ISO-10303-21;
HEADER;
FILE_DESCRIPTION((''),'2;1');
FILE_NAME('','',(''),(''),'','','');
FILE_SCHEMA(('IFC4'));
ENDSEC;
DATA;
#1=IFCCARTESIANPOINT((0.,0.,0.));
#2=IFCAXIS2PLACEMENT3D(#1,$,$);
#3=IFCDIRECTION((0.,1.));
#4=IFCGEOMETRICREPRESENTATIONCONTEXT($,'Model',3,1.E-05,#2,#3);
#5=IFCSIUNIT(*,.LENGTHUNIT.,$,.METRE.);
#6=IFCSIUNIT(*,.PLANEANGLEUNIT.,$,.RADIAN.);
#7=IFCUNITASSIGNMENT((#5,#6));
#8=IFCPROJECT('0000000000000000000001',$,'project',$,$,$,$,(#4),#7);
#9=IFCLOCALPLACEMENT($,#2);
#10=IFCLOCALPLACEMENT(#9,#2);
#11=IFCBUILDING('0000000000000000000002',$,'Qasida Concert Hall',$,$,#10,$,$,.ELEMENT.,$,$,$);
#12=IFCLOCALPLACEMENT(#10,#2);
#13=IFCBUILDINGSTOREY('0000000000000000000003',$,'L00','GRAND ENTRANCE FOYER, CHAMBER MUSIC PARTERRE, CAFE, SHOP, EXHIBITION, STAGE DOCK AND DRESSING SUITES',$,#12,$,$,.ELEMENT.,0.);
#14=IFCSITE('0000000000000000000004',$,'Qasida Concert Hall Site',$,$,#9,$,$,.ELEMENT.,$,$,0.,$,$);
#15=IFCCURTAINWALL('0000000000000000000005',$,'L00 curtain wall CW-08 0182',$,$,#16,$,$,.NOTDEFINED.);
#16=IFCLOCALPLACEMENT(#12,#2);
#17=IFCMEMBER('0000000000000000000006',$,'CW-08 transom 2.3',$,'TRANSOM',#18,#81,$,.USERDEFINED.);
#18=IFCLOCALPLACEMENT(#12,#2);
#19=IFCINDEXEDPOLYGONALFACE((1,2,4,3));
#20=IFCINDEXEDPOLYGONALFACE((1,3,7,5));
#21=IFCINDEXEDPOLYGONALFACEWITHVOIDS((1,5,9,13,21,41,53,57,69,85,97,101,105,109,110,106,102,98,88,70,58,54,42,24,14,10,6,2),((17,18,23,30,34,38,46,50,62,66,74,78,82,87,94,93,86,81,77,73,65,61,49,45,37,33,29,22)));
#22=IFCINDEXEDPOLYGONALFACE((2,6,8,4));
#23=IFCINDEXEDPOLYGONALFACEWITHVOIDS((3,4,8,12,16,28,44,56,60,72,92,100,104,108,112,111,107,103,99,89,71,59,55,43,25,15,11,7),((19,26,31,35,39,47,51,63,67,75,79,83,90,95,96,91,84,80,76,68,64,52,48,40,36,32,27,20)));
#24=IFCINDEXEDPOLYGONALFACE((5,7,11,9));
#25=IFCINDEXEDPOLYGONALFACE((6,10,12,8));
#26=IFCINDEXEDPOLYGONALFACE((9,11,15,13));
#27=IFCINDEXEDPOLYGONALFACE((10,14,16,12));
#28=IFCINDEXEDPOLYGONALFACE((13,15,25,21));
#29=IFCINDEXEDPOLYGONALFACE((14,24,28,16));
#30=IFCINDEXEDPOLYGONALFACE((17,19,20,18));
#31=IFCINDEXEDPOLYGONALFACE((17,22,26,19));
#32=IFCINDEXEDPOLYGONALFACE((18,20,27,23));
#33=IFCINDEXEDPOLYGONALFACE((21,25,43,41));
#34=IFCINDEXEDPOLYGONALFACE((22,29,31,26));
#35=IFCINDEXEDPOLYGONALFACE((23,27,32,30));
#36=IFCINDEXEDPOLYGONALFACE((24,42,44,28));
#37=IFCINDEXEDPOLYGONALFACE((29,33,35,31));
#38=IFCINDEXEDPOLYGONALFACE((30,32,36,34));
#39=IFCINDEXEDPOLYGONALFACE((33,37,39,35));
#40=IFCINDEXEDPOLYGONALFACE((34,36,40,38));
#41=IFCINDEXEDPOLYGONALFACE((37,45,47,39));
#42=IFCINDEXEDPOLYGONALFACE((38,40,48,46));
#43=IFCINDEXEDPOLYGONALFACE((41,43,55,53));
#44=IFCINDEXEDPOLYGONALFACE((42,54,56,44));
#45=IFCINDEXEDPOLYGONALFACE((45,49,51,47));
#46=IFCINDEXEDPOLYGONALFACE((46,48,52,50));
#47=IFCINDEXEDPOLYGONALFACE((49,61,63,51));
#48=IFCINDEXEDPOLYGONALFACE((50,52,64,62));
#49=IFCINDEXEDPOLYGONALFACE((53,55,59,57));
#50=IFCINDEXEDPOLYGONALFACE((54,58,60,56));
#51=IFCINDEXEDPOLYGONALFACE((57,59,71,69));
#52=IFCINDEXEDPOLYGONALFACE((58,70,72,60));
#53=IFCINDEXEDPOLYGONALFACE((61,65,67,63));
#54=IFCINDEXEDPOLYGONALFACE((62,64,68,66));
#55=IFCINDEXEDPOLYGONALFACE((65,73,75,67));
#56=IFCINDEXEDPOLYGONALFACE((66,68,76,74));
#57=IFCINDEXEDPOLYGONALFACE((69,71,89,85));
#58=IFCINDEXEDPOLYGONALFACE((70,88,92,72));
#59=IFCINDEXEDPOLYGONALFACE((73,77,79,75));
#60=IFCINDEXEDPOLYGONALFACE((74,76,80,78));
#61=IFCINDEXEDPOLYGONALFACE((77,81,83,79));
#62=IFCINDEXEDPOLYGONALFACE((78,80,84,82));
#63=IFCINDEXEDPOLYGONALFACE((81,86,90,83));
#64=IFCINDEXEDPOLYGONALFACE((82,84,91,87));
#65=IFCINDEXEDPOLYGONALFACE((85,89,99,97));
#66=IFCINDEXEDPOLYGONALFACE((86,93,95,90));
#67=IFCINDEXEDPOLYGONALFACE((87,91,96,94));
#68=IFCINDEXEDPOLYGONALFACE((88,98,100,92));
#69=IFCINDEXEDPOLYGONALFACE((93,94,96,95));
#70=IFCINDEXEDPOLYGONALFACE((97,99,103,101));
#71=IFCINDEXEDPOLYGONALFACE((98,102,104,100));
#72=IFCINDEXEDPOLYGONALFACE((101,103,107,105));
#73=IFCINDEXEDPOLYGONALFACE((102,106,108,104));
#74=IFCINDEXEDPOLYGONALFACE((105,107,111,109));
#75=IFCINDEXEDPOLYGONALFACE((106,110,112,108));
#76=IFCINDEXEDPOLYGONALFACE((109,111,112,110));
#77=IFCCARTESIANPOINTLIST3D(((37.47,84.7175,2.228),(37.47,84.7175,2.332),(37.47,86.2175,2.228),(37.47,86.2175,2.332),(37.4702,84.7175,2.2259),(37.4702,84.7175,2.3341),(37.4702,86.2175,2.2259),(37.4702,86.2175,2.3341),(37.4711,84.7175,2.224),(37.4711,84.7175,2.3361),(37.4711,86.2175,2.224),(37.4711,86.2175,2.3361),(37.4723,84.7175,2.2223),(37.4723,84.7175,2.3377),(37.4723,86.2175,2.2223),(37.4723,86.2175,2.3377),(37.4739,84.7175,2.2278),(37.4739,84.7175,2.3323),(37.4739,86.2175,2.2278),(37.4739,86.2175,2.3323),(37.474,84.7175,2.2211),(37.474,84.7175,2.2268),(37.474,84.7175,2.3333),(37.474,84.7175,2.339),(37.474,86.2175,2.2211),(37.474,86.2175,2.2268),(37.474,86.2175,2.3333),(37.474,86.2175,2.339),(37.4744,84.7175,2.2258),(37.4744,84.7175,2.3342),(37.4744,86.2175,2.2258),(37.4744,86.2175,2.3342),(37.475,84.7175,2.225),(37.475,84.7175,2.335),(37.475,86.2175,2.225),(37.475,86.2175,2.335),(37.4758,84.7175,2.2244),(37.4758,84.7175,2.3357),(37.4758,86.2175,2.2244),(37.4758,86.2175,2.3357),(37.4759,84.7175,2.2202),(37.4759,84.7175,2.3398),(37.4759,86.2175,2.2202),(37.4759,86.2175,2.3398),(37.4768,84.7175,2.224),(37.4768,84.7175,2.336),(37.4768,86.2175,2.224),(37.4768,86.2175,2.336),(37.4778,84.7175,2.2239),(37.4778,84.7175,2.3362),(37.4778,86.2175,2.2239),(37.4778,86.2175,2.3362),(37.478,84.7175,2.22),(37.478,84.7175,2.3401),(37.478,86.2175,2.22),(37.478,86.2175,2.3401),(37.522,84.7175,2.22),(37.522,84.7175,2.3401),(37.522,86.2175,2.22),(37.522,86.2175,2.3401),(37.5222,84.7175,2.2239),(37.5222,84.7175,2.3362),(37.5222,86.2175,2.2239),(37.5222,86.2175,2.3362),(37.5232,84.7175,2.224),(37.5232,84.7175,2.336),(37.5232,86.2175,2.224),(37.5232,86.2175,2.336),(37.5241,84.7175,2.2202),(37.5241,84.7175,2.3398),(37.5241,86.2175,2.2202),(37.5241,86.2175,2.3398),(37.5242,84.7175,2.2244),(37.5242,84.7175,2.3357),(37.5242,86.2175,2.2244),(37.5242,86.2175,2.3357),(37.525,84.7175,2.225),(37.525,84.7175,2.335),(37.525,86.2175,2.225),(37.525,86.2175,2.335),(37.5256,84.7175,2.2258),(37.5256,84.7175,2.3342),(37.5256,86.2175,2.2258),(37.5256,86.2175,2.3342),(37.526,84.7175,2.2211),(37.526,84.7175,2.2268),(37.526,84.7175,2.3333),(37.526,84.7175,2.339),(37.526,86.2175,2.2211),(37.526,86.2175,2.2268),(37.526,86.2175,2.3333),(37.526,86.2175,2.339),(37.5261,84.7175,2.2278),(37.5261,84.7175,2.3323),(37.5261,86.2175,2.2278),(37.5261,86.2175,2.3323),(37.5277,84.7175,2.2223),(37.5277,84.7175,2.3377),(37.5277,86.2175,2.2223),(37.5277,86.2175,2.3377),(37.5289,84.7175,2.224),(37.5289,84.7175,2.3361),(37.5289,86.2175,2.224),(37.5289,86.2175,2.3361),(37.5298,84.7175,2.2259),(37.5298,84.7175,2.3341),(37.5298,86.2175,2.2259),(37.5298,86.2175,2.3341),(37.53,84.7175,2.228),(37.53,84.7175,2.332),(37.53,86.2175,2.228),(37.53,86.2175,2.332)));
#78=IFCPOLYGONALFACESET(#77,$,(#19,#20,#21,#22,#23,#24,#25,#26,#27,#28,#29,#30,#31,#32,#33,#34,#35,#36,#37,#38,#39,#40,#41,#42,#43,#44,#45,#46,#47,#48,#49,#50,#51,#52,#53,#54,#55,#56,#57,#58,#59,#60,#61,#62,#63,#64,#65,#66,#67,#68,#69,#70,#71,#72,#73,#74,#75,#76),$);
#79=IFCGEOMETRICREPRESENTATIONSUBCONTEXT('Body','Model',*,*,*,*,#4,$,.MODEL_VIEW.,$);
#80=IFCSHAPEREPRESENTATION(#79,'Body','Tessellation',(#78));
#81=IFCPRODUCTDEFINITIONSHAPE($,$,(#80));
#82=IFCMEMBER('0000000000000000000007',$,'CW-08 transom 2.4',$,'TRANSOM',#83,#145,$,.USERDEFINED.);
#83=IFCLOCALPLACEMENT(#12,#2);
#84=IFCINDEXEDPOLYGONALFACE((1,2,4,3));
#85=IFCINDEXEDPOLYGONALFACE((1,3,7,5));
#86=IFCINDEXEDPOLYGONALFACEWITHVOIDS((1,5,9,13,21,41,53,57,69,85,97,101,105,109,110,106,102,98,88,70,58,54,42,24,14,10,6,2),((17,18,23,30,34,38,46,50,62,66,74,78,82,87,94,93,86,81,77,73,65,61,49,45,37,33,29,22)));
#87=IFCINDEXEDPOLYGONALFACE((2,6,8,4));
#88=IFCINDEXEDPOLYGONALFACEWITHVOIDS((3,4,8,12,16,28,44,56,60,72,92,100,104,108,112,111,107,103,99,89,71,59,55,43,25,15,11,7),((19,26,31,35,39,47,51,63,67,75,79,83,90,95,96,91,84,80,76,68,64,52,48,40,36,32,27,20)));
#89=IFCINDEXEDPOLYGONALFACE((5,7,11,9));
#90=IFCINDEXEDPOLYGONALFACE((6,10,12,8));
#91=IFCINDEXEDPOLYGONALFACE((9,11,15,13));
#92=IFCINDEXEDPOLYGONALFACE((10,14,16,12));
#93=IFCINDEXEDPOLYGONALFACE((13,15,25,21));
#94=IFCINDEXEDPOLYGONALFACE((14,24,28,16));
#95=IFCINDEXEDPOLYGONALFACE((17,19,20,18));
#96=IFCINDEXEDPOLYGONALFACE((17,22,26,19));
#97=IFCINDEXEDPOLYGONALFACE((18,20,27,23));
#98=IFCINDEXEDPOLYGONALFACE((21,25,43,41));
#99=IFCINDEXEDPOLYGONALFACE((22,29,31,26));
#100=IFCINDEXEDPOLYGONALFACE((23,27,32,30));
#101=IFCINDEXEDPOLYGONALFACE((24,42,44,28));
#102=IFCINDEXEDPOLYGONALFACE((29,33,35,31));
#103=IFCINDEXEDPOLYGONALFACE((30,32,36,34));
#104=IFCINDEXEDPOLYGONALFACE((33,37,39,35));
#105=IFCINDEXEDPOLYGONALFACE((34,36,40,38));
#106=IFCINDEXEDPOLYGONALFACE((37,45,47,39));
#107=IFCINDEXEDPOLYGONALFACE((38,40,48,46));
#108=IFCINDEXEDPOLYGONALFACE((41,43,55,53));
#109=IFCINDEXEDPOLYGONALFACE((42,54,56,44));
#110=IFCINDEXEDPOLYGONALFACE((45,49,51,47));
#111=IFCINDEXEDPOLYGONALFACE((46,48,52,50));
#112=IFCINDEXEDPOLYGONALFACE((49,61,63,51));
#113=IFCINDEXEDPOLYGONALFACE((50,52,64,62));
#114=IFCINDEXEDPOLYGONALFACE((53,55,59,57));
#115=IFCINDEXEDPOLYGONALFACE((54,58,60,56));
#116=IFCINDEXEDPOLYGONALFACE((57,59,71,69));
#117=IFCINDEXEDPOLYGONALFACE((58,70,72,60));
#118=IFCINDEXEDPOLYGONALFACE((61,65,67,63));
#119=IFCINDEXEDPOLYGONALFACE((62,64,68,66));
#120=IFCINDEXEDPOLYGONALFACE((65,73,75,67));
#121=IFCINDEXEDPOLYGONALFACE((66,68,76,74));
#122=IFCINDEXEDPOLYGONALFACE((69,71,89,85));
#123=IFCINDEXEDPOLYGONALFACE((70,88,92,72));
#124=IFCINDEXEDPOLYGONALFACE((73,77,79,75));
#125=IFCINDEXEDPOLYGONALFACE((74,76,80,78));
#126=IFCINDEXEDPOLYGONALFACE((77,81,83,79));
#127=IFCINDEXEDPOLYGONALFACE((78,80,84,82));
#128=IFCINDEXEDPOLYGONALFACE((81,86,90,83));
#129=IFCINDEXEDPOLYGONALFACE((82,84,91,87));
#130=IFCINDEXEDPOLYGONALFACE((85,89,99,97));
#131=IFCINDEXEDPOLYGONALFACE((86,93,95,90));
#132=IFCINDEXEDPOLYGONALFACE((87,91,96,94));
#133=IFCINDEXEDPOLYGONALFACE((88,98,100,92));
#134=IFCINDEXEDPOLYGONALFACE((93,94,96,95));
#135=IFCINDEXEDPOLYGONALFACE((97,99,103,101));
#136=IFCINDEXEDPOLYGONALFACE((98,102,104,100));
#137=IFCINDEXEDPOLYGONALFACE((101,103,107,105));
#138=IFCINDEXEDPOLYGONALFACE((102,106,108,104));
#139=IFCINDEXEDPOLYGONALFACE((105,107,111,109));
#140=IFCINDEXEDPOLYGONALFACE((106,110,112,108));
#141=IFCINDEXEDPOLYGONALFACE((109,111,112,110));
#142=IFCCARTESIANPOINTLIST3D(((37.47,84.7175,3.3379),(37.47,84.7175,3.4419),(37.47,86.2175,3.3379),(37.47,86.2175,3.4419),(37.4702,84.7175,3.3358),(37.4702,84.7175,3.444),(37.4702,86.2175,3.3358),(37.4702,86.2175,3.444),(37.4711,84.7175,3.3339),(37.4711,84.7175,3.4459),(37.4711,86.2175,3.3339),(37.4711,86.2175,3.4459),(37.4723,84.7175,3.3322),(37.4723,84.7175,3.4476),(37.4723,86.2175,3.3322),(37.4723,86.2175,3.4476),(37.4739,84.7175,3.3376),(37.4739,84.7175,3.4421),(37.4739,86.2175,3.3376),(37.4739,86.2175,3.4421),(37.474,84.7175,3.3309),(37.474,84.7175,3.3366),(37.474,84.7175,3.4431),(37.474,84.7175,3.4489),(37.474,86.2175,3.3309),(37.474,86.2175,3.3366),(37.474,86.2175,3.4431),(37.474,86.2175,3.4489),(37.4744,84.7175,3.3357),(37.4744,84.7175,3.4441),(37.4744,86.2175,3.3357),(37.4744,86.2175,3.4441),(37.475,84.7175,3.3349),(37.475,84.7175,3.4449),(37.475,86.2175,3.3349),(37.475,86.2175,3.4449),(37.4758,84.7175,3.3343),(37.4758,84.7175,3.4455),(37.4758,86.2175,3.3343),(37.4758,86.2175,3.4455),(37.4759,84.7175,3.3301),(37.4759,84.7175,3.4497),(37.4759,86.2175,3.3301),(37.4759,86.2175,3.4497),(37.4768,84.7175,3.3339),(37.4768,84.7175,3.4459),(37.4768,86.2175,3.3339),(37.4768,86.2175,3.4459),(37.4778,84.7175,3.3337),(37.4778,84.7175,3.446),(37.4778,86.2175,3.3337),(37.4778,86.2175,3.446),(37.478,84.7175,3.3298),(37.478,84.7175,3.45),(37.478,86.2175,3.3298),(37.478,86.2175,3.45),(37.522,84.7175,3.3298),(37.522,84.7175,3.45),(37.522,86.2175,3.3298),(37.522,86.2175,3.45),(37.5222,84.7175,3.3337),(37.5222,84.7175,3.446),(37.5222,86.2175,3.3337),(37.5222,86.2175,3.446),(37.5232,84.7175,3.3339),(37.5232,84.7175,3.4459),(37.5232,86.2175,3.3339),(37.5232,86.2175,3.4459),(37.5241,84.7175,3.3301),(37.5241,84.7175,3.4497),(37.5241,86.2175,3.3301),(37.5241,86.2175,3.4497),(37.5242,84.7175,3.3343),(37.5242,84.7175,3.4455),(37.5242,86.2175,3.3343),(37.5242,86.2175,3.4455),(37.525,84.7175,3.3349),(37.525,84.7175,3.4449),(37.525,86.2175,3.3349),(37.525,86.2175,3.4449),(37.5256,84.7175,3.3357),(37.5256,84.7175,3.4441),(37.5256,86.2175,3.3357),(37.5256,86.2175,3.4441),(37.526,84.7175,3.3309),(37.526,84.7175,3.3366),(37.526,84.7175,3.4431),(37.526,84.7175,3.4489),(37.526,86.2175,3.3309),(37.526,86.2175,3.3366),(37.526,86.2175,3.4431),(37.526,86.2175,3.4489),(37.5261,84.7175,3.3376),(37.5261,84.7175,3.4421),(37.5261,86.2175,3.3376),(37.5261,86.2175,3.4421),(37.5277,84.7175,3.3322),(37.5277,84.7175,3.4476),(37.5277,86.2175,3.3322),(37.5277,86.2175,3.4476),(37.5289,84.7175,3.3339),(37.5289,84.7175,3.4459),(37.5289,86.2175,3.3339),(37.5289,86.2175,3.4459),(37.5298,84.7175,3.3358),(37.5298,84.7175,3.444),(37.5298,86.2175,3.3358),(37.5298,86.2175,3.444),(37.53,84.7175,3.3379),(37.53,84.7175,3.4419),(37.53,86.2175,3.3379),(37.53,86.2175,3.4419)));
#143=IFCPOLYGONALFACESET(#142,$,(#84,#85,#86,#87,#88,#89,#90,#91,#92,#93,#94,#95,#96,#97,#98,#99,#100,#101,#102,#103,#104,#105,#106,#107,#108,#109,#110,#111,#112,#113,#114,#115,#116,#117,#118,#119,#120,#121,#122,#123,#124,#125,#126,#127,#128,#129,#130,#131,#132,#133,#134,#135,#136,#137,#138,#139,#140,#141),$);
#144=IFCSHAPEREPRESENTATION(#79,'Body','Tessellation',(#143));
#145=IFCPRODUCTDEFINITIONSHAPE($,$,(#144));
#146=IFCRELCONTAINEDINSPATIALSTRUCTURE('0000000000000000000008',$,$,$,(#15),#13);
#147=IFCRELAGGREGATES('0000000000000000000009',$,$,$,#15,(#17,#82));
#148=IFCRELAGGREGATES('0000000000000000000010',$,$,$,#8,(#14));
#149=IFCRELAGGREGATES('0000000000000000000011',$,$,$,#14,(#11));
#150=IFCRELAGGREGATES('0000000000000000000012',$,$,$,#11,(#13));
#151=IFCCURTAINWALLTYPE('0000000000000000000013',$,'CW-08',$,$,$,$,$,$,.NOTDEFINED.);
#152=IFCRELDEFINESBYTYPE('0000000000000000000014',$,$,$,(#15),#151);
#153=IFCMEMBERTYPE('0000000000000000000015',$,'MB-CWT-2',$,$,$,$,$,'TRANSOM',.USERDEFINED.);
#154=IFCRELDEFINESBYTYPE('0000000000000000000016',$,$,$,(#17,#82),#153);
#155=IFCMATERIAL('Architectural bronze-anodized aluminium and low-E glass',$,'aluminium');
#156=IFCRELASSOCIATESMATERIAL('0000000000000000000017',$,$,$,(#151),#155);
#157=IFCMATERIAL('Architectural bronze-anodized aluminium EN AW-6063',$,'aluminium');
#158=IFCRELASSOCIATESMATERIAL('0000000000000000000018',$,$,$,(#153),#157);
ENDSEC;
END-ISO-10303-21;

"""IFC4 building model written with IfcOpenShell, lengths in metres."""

from ifc_helpers import new_model, si_unit, direction, frame, origin, origin_2d, place, context, subcontext, project, spatial, hollow_rectangle, extrude, material, material_profile, profile_set, type_object, element, aggregate, save


model = new_model("IFC4")

# Units and contexts
model_context = context("Model", 3, precision=1e-05, world=origin(), true_north=direction((0.0, 1.0)))
body_context = subcontext(model_context, "Body", "Model", "MODEL_VIEW")
ifc_project = project(units=[si_unit("LENGTHUNIT", "METRE"), si_unit("PLANEANGLEUNIT", "RADIAN")], contexts=[model_context])

# Site, building, storey
site_placement = place(None, origin())
site = spatial("IfcSite", under=ifc_project, at=site_placement, Name="Qasida Concert Hall Site", CompositionType="ELEMENT", RefElevation=0.0)
building_placement = place(site_placement, origin())
building = spatial("IfcBuilding", under=site, at=building_placement, Name="Qasida Concert Hall", CompositionType="ELEMENT")
storey_placement = place(building_placement, origin())
storey = spatial("IfcBuildingStorey", under=building, at=storey_placement, Name="L00", Description="GRAND ENTRANCE FOYER, CHAMBER MUSIC PARTERRE, CAFE, SHOP, EXHIBITION, STAGE DOCK AND DRESSING SUITES", CompositionType="ELEMENT", Elevation=0.0)

# Curtain wall, members
ifc_material_1 = material(Name="Architectural bronze-anodized aluminium and low-E glass", Category="aluminium")
curtain_wall_type = type_object("IfcCurtainWallType", Name="CW-08", PredefinedType="NOTDEFINED", material=ifc_material_1)
curtain_wall_1_placement = place(storey_placement, origin())
curtain_wall_1 = element("IfcCurtainWall", 1, at=curtain_wall_1_placement, inside=storey, type_object=curtain_wall_type, Name="L00 curtain wall CW-08 0182", PredefinedType="NOTDEFINED")
ifc_material_2 = material(Name="Architectural bronze-anodized aluminium EN AW-6063", Category="aluminium")
ifc_material_profile_1 = material_profile(ifc_material_2, hollow_rectangle(XDim=0.0601, YDim=0.1201, WallThickness=0.0039, InnerFilletRadius=0.0039, OuterFilletRadius=0.0081, at=origin_2d()), Name="CWT 120x60x4")
ifc_profile_set_1 = profile_set([ifc_material_profile_1], Name="Architectural bronze-anodized aluminium EN AW-6063")
member_type_1 = type_object("IfcMemberType", Name="MB-CWT-2", ElementType="TRANSOM", PredefinedType="USERDEFINED", material=ifc_profile_set_1)
member_1_placement = place(storey_placement, frame((37.5, 84.7175, 2.28), z_axis=(0.0, 1.0, 0.0), x_axis=(-1.0, 0.0, 0.0)))
member_1 = element("IfcMember", 2, at=member_1_placement, type_object=member_type_1, Name="CW-08 transom 2.3", ObjectType="TRANSOM", PredefinedType="USERDEFINED", context=body_context, shape_type="SweptSolid", body=[
    extrude(hollow_rectangle(XDim=0.0601, YDim=0.1201, WallThickness=0.0039, InnerFilletRadius=0.0039, OuterFilletRadius=0.0081, at=origin_2d()), origin(), (0.0, 0.0, 1.0), 1.5),
])
member_2_placement = place(storey_placement, frame((37.5, 84.7175, 3.3899), z_axis=(0.0, 1.0, 0.0), x_axis=(-1.0, 0.0, 0.0)))
member_2 = element("IfcMember", 3, at=member_2_placement, type_object=member_type_1, Name="CW-08 transom 2.4", ObjectType="TRANSOM", PredefinedType="USERDEFINED", context=body_context, shape_type="SweptSolid", body=[
    extrude(hollow_rectangle(XDim=0.0601, YDim=0.1201, WallThickness=0.0039, InnerFilletRadius=0.0039, OuterFilletRadius=0.0081, at=origin_2d()), origin(), (0.0, 0.0, 1.0), 1.5),
])
aggregate(curtain_wall_1, [member_1, member_2])

save(model, "model.ifc")
